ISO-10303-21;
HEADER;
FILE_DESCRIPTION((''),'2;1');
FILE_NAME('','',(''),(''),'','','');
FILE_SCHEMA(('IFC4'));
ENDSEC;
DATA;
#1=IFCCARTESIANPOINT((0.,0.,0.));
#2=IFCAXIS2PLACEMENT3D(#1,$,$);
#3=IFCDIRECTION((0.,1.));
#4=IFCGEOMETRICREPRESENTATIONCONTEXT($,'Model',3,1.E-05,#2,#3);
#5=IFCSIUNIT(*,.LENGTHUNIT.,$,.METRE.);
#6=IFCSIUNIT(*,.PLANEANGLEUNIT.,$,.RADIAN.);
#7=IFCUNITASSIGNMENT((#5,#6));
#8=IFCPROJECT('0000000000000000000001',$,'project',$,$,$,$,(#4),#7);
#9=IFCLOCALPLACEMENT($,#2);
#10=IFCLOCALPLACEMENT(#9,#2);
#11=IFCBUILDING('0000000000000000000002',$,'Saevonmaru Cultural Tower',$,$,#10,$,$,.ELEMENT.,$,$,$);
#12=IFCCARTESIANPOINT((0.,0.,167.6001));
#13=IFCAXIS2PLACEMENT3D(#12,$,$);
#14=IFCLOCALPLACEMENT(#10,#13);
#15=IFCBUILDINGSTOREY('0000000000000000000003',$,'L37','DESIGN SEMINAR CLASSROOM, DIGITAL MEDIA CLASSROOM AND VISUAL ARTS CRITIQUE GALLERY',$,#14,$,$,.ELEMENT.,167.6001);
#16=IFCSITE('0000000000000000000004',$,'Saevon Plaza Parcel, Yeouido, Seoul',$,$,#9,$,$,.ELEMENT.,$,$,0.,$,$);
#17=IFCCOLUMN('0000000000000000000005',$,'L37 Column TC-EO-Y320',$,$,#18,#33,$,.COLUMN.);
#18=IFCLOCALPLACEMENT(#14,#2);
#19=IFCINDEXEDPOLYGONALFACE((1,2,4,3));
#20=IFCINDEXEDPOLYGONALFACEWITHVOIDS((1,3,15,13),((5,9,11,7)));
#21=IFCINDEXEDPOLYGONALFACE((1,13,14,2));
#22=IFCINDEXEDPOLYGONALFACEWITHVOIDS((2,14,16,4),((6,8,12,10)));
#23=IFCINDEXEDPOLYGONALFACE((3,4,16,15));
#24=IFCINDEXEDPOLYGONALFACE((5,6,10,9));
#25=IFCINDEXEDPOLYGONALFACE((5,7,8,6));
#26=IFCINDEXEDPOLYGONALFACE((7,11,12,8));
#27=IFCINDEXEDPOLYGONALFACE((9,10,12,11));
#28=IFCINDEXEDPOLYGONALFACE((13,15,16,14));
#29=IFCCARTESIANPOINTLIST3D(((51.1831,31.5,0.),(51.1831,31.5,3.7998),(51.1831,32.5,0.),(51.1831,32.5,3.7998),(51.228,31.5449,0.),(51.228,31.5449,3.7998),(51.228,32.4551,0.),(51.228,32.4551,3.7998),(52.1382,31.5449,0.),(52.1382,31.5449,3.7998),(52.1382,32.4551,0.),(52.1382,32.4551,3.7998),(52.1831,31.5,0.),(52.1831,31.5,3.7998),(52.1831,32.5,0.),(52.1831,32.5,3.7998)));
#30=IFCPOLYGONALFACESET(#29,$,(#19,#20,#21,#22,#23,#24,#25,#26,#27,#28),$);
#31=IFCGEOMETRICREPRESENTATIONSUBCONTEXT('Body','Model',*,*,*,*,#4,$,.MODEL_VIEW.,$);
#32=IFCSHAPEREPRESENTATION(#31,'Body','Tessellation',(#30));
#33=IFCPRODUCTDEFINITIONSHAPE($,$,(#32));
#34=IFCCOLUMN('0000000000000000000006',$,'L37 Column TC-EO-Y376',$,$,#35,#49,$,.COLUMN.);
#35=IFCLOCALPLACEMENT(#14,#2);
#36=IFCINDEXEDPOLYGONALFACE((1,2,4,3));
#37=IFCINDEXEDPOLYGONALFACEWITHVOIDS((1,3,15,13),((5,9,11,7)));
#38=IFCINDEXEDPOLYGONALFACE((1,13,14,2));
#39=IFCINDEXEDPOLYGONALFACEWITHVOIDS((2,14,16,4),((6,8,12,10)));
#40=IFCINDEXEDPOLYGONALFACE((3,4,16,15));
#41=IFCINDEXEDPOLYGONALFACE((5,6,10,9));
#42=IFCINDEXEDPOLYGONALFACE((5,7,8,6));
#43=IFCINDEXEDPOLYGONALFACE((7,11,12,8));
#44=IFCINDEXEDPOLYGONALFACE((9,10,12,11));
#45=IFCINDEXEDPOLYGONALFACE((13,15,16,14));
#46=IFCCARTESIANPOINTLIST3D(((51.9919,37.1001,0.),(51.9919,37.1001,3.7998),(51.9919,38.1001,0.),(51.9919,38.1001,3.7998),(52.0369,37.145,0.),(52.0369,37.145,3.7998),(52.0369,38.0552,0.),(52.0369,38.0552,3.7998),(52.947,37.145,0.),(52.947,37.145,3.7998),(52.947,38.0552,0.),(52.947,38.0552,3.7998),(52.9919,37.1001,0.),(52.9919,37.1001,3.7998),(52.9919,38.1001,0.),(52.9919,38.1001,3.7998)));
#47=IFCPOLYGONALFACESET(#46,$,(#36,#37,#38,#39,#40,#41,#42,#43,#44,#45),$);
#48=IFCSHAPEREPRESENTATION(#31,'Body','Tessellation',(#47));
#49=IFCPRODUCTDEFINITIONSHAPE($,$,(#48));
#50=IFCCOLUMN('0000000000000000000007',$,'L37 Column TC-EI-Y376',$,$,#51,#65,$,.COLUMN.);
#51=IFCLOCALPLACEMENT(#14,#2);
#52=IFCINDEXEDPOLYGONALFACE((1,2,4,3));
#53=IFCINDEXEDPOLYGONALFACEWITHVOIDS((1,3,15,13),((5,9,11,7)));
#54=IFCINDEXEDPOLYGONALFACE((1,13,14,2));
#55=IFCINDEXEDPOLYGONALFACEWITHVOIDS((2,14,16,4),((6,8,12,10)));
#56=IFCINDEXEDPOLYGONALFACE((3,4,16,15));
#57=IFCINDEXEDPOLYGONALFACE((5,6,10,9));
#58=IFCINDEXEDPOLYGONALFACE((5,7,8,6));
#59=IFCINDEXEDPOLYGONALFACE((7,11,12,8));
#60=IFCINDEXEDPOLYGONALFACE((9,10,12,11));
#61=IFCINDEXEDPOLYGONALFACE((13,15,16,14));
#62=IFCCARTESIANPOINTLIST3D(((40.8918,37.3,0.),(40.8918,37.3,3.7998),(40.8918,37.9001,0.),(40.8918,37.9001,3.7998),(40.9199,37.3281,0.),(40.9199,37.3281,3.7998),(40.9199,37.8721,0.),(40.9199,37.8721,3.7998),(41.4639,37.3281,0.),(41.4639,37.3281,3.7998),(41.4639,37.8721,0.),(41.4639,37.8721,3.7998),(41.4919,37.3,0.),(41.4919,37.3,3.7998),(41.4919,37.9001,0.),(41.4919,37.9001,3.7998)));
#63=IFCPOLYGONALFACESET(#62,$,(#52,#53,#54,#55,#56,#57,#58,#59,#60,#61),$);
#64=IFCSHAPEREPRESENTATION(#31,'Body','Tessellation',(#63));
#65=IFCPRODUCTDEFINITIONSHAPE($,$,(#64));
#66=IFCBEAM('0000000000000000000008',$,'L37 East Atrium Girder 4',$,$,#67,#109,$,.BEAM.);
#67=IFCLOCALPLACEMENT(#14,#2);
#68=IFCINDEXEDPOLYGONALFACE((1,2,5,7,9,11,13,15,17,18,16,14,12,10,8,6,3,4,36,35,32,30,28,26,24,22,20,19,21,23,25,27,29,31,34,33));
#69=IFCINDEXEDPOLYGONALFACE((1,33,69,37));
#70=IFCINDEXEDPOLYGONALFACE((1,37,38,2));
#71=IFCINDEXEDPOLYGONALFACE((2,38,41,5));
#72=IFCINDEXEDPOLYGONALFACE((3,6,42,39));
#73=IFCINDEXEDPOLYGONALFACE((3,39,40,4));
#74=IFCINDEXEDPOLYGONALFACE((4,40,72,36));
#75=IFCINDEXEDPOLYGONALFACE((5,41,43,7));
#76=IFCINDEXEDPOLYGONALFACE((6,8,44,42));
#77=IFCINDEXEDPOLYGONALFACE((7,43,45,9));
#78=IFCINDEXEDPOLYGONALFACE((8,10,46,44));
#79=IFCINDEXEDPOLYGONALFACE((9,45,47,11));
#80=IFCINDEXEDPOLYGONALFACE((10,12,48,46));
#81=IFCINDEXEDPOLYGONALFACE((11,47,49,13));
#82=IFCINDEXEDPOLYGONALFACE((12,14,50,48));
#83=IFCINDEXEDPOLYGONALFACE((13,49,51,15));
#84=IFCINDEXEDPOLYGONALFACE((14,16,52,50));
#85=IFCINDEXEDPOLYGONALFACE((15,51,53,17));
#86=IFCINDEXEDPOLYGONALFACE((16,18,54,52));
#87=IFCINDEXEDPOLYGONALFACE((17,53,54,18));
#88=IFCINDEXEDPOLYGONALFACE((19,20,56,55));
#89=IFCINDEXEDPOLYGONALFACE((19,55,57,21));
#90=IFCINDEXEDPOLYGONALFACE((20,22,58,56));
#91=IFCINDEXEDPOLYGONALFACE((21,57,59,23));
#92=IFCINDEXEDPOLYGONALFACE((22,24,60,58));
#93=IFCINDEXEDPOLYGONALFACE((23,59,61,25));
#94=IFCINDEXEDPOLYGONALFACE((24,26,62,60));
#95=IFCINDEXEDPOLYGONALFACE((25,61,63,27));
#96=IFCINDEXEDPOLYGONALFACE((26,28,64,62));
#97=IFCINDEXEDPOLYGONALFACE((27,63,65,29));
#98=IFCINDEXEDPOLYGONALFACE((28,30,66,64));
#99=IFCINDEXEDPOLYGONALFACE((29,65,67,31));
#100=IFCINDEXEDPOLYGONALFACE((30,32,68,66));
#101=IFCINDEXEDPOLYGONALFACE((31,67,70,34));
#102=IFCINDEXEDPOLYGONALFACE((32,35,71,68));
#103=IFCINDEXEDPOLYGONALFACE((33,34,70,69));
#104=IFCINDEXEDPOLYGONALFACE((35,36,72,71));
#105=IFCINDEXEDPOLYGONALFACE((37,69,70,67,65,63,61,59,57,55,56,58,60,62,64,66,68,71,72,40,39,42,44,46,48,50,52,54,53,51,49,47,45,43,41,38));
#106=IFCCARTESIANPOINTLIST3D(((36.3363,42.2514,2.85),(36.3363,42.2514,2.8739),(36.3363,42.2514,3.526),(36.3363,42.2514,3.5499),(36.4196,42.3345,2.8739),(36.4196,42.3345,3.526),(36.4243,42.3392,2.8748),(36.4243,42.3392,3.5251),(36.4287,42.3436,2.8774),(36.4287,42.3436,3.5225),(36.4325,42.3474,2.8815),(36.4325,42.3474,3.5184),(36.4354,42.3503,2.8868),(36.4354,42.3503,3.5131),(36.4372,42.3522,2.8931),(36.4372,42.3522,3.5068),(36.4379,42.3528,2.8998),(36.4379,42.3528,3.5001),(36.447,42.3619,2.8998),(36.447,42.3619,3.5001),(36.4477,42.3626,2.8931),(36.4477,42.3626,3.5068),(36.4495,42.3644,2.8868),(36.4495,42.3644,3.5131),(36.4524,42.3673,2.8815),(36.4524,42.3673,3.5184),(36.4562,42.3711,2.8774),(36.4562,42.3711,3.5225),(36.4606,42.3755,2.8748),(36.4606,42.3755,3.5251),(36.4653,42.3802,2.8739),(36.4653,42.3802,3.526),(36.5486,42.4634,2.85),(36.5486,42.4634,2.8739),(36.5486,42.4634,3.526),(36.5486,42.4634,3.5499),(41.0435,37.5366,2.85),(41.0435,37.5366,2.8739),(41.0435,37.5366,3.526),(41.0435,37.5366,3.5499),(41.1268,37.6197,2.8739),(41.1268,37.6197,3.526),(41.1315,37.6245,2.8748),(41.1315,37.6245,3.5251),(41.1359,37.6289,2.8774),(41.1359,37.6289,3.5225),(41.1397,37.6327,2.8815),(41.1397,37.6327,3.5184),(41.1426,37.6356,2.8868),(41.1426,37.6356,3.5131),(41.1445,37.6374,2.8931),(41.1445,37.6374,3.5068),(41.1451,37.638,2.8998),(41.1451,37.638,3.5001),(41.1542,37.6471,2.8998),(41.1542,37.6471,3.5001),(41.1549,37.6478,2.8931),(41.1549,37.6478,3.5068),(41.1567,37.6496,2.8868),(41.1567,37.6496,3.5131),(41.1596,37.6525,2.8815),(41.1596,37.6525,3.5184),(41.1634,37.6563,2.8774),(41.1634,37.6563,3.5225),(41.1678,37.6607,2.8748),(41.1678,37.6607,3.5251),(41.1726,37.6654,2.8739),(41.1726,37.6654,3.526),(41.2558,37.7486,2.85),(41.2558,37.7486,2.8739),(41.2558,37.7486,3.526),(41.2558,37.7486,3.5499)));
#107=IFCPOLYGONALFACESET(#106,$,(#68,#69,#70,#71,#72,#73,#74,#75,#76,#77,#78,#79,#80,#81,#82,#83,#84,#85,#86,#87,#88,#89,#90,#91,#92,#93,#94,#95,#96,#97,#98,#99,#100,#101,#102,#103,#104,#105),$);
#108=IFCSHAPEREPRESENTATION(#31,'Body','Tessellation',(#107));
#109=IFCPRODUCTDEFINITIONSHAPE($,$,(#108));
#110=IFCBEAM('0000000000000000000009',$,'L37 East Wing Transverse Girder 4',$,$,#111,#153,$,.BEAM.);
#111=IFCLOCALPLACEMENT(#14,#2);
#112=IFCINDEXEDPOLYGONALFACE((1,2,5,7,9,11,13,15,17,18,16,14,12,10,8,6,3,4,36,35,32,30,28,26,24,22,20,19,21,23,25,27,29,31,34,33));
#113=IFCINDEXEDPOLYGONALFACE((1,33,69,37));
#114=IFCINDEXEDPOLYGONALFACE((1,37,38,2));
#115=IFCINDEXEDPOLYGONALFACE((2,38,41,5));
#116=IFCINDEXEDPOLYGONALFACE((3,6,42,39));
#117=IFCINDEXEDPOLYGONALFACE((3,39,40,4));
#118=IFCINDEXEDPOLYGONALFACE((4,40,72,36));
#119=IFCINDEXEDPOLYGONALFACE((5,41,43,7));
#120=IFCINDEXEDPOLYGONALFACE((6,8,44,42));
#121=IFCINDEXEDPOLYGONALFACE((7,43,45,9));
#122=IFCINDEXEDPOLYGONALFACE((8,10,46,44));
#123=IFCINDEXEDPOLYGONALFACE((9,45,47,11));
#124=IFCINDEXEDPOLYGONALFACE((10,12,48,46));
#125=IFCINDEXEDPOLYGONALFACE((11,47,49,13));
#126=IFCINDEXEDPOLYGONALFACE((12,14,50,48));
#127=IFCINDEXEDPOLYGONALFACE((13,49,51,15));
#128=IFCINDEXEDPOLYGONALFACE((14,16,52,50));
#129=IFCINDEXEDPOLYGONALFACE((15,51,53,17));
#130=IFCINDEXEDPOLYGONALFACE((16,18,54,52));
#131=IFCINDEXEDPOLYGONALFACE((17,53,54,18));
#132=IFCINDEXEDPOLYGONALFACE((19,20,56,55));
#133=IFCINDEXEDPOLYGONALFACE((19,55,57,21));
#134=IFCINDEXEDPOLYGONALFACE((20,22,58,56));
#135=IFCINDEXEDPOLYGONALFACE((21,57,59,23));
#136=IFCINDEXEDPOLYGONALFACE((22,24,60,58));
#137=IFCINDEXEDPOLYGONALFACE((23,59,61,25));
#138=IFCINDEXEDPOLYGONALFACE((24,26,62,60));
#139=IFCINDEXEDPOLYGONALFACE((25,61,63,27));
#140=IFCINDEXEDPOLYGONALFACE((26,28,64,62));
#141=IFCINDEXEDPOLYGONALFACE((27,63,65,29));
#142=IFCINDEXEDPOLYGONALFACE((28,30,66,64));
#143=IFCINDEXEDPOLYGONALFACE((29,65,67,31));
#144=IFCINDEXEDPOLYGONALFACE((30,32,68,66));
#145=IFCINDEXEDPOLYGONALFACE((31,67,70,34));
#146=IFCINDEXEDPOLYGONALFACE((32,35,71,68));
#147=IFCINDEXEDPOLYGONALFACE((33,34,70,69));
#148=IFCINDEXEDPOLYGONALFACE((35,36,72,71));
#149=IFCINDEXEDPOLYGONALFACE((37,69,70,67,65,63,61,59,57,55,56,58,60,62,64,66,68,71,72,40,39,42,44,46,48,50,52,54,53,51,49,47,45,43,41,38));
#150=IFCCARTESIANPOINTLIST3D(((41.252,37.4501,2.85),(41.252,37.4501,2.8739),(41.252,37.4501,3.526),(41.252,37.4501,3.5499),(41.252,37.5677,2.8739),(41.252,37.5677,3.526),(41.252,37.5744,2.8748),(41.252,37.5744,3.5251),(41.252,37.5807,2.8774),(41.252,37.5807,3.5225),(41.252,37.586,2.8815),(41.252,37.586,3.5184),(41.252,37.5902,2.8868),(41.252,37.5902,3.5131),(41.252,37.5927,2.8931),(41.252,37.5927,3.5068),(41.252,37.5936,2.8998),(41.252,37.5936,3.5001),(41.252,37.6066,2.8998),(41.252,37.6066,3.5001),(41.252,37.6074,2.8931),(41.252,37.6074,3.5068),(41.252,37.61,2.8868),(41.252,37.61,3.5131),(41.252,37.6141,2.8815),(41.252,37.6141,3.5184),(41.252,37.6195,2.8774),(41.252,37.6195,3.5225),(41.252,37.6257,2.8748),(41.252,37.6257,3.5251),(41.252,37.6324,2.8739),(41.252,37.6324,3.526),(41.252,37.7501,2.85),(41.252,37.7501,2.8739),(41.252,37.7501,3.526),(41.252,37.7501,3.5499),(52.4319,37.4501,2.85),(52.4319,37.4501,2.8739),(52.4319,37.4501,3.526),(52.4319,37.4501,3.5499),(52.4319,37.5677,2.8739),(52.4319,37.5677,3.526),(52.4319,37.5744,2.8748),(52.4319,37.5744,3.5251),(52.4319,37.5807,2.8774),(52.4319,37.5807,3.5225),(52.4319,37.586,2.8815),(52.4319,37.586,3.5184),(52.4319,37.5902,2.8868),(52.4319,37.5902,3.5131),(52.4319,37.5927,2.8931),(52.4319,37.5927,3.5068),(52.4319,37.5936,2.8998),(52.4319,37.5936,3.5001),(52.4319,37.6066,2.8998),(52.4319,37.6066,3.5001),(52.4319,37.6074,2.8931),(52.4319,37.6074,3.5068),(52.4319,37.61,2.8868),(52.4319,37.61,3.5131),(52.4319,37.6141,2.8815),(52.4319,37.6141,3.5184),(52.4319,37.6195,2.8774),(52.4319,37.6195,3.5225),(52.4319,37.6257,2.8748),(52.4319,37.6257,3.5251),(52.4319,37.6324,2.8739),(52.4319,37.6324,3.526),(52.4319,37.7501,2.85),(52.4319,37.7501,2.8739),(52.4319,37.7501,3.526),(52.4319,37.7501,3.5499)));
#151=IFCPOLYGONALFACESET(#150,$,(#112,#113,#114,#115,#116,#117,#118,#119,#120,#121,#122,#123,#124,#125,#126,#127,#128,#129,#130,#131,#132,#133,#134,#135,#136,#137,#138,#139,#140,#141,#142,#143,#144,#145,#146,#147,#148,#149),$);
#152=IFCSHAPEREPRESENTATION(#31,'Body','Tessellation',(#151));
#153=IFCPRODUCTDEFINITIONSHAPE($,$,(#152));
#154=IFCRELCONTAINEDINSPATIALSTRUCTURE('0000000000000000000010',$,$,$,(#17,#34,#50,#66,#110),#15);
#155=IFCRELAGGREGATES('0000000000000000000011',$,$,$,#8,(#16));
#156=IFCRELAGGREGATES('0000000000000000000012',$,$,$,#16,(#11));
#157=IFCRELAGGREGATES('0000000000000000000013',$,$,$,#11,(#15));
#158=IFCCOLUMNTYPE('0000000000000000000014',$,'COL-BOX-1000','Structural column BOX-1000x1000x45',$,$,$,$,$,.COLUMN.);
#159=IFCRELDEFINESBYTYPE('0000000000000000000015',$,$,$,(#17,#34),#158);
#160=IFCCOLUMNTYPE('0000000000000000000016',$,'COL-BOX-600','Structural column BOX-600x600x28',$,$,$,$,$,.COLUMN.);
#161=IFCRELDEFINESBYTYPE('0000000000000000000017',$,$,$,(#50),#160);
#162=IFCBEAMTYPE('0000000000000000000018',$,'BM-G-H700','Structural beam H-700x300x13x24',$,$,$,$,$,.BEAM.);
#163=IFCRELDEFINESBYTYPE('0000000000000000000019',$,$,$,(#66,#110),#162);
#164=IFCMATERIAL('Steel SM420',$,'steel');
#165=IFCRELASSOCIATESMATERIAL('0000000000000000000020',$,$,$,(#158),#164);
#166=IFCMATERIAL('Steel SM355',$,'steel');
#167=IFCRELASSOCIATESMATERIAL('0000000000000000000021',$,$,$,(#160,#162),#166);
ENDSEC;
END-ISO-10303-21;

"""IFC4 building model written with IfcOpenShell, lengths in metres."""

from ifc_helpers import new_model, si_unit, direction, frame, origin, origin_2d, place, context, subcontext, project, spatial, hollow_rectangle, i_section, extrude, material, material_profile, profile_set, type_object, element, save


model = new_model("IFC4")

# Units and contexts
model_context = context("Model", 3, precision=1e-05, world=origin(), true_north=direction((0.0, 1.0)))
body_context = subcontext(model_context, "Body", "Model", "MODEL_VIEW")
ifc_project = project(units=[si_unit("LENGTHUNIT", "METRE"), si_unit("PLANEANGLEUNIT", "RADIAN")], contexts=[model_context])

# Site, building, storey
site_placement = place(None, origin())
site = spatial("IfcSite", under=ifc_project, at=site_placement, Name="Saevon Plaza Parcel, Yeouido, Seoul", CompositionType="ELEMENT", RefElevation=0.0)
building_placement = place(site_placement, origin())
building = spatial("IfcBuilding", under=site, at=building_placement, Name="Saevonmaru Cultural Tower", CompositionType="ELEMENT")
storey_placement = place(building_placement, frame((0.0, 0.0, 167.6001)))
storey = spatial("IfcBuildingStorey", under=building, at=storey_placement, Name="L37", Description="DESIGN SEMINAR CLASSROOM, DIGITAL MEDIA CLASSROOM AND VISUAL ARTS CRITIQUE GALLERY", CompositionType="ELEMENT", Elevation=167.6001)

# Columns
ifc_material_1 = material(Name="Steel SM420", Category="steel")
ifc_material_profile_1 = material_profile(ifc_material_1, hollow_rectangle(XDim=1.0, YDim=1.0, WallThickness=0.0449, at=origin_2d()), Name="BOX-1000x1000x45")
ifc_profile_set_1 = profile_set([ifc_material_profile_1], Name="Steel SM420")
column_type_1 = type_object("IfcColumnType", Name="COL-BOX-1000", Description="Structural column BOX-1000x1000x45", PredefinedType="COLUMN", material=ifc_profile_set_1)
for number, where, z_axis, x_axis, name in (
    (1, (51.6831, 32.0, 0.0), (0.0, 0.0, 1.0), (1.0, 0.0, 0.0), "L37 Column TC-EO-Y320"),
    (2, (52.4919, 37.6001, 0.0), (0.0, 0.0, 1.0), (1.0, 0.0, 0.0), "L37 Column TC-EO-Y376"),
):
    element("IfcColumn", number, at=place(storey_placement, frame(where, z_axis=z_axis, x_axis=x_axis)), inside=storey, type_object=column_type_1, Name=name, PredefinedType="COLUMN", context=body_context, shape_type="SweptSolid", body=[
        extrude(hollow_rectangle(XDim=1.0, YDim=1.0, WallThickness=0.0449, at=origin_2d()), origin(), (0.0, 0.0, 1.0), 3.7998),
    ])
ifc_material_2 = material(Name="Steel SM355", Category="steel")
ifc_material_profile_2 = material_profile(ifc_material_2, hollow_rectangle(XDim=0.6001, YDim=0.6001, WallThickness=0.0281, at=origin_2d()), Name="BOX-600x600x28")
ifc_profile_set_2 = profile_set([ifc_material_profile_2], Name="Steel SM355")
column_type_2 = type_object("IfcColumnType", Name="COL-BOX-600", Description="Structural column BOX-600x600x28", PredefinedType="COLUMN", material=ifc_profile_set_2)
column_placement = place(storey_placement, frame((41.1919, 37.6001, 0.0), z_axis=(0.0, 0.0, 1.0), x_axis=(1.0, 0.0, 0.0)))
element("IfcColumn", 3, at=column_placement, inside=storey, type_object=column_type_2, Name="L37 Column TC-EI-Y376", PredefinedType="COLUMN", context=body_context, shape_type="SweptSolid", body=[
    extrude(hollow_rectangle(XDim=0.6001, YDim=0.6001, WallThickness=0.0281, at=origin_2d()), origin(), (0.0, 0.0, 1.0), 3.7998),
])

# Beams
ifc_material_profile_3 = material_profile(ifc_material_2, i_section(OverallWidth=0.3, OverallDepth=0.7, WebThickness=0.0129, FlangeThickness=0.0239, FilletRadius=0.0259, at=origin_2d()), Name="H-700x300x13x24")
ifc_profile_set_3 = profile_set([ifc_material_profile_3], Name="Steel SM355")
beam_type_1 = type_object("IfcBeamType", Name="BM-G-H700", Description="Structural beam H-700x300x13x24", PredefinedType="BEAM", material=ifc_profile_set_3)
beam_1_placement = place(storey_placement, frame((41.1497, 37.6426, 3.2), z_axis=(-0.706539, 0.707675, 0.0), x_axis=(-0.707675, -0.706539, 0.0)))
element("IfcBeam", 4, at=beam_1_placement, inside=storey, type_object=beam_type_1, Name="L37 East Atrium Girder 4", PredefinedType="BEAM", context=body_context, shape_type="SweptSolid", body=[
    extrude(i_section(OverallWidth=0.3, OverallDepth=0.7, WebThickness=0.0129, FlangeThickness=0.0239, FilletRadius=0.0259, at=origin_2d()), origin(), (0.0, 0.0, 1.0), 6.6624),
])
beam_2_placement = place(storey_placement, frame((41.252, 37.6001, 3.2), z_axis=(1.0, 0.0, 0.0), x_axis=(0.0, 1.0, 0.0)))
element("IfcBeam", 5, at=beam_2_placement, inside=storey, type_object=beam_type_1, Name="L37 East Wing Transverse Girder 4", PredefinedType="BEAM", context=body_context, shape_type="SweptSolid", body=[
    extrude(i_section(OverallWidth=0.3, OverallDepth=0.7, WebThickness=0.0129, FlangeThickness=0.0239, FilletRadius=0.0259, at=origin_2d()), origin(), (0.0, 0.0, 1.0), 11.1799),
])

save(model, "model.ifc")
